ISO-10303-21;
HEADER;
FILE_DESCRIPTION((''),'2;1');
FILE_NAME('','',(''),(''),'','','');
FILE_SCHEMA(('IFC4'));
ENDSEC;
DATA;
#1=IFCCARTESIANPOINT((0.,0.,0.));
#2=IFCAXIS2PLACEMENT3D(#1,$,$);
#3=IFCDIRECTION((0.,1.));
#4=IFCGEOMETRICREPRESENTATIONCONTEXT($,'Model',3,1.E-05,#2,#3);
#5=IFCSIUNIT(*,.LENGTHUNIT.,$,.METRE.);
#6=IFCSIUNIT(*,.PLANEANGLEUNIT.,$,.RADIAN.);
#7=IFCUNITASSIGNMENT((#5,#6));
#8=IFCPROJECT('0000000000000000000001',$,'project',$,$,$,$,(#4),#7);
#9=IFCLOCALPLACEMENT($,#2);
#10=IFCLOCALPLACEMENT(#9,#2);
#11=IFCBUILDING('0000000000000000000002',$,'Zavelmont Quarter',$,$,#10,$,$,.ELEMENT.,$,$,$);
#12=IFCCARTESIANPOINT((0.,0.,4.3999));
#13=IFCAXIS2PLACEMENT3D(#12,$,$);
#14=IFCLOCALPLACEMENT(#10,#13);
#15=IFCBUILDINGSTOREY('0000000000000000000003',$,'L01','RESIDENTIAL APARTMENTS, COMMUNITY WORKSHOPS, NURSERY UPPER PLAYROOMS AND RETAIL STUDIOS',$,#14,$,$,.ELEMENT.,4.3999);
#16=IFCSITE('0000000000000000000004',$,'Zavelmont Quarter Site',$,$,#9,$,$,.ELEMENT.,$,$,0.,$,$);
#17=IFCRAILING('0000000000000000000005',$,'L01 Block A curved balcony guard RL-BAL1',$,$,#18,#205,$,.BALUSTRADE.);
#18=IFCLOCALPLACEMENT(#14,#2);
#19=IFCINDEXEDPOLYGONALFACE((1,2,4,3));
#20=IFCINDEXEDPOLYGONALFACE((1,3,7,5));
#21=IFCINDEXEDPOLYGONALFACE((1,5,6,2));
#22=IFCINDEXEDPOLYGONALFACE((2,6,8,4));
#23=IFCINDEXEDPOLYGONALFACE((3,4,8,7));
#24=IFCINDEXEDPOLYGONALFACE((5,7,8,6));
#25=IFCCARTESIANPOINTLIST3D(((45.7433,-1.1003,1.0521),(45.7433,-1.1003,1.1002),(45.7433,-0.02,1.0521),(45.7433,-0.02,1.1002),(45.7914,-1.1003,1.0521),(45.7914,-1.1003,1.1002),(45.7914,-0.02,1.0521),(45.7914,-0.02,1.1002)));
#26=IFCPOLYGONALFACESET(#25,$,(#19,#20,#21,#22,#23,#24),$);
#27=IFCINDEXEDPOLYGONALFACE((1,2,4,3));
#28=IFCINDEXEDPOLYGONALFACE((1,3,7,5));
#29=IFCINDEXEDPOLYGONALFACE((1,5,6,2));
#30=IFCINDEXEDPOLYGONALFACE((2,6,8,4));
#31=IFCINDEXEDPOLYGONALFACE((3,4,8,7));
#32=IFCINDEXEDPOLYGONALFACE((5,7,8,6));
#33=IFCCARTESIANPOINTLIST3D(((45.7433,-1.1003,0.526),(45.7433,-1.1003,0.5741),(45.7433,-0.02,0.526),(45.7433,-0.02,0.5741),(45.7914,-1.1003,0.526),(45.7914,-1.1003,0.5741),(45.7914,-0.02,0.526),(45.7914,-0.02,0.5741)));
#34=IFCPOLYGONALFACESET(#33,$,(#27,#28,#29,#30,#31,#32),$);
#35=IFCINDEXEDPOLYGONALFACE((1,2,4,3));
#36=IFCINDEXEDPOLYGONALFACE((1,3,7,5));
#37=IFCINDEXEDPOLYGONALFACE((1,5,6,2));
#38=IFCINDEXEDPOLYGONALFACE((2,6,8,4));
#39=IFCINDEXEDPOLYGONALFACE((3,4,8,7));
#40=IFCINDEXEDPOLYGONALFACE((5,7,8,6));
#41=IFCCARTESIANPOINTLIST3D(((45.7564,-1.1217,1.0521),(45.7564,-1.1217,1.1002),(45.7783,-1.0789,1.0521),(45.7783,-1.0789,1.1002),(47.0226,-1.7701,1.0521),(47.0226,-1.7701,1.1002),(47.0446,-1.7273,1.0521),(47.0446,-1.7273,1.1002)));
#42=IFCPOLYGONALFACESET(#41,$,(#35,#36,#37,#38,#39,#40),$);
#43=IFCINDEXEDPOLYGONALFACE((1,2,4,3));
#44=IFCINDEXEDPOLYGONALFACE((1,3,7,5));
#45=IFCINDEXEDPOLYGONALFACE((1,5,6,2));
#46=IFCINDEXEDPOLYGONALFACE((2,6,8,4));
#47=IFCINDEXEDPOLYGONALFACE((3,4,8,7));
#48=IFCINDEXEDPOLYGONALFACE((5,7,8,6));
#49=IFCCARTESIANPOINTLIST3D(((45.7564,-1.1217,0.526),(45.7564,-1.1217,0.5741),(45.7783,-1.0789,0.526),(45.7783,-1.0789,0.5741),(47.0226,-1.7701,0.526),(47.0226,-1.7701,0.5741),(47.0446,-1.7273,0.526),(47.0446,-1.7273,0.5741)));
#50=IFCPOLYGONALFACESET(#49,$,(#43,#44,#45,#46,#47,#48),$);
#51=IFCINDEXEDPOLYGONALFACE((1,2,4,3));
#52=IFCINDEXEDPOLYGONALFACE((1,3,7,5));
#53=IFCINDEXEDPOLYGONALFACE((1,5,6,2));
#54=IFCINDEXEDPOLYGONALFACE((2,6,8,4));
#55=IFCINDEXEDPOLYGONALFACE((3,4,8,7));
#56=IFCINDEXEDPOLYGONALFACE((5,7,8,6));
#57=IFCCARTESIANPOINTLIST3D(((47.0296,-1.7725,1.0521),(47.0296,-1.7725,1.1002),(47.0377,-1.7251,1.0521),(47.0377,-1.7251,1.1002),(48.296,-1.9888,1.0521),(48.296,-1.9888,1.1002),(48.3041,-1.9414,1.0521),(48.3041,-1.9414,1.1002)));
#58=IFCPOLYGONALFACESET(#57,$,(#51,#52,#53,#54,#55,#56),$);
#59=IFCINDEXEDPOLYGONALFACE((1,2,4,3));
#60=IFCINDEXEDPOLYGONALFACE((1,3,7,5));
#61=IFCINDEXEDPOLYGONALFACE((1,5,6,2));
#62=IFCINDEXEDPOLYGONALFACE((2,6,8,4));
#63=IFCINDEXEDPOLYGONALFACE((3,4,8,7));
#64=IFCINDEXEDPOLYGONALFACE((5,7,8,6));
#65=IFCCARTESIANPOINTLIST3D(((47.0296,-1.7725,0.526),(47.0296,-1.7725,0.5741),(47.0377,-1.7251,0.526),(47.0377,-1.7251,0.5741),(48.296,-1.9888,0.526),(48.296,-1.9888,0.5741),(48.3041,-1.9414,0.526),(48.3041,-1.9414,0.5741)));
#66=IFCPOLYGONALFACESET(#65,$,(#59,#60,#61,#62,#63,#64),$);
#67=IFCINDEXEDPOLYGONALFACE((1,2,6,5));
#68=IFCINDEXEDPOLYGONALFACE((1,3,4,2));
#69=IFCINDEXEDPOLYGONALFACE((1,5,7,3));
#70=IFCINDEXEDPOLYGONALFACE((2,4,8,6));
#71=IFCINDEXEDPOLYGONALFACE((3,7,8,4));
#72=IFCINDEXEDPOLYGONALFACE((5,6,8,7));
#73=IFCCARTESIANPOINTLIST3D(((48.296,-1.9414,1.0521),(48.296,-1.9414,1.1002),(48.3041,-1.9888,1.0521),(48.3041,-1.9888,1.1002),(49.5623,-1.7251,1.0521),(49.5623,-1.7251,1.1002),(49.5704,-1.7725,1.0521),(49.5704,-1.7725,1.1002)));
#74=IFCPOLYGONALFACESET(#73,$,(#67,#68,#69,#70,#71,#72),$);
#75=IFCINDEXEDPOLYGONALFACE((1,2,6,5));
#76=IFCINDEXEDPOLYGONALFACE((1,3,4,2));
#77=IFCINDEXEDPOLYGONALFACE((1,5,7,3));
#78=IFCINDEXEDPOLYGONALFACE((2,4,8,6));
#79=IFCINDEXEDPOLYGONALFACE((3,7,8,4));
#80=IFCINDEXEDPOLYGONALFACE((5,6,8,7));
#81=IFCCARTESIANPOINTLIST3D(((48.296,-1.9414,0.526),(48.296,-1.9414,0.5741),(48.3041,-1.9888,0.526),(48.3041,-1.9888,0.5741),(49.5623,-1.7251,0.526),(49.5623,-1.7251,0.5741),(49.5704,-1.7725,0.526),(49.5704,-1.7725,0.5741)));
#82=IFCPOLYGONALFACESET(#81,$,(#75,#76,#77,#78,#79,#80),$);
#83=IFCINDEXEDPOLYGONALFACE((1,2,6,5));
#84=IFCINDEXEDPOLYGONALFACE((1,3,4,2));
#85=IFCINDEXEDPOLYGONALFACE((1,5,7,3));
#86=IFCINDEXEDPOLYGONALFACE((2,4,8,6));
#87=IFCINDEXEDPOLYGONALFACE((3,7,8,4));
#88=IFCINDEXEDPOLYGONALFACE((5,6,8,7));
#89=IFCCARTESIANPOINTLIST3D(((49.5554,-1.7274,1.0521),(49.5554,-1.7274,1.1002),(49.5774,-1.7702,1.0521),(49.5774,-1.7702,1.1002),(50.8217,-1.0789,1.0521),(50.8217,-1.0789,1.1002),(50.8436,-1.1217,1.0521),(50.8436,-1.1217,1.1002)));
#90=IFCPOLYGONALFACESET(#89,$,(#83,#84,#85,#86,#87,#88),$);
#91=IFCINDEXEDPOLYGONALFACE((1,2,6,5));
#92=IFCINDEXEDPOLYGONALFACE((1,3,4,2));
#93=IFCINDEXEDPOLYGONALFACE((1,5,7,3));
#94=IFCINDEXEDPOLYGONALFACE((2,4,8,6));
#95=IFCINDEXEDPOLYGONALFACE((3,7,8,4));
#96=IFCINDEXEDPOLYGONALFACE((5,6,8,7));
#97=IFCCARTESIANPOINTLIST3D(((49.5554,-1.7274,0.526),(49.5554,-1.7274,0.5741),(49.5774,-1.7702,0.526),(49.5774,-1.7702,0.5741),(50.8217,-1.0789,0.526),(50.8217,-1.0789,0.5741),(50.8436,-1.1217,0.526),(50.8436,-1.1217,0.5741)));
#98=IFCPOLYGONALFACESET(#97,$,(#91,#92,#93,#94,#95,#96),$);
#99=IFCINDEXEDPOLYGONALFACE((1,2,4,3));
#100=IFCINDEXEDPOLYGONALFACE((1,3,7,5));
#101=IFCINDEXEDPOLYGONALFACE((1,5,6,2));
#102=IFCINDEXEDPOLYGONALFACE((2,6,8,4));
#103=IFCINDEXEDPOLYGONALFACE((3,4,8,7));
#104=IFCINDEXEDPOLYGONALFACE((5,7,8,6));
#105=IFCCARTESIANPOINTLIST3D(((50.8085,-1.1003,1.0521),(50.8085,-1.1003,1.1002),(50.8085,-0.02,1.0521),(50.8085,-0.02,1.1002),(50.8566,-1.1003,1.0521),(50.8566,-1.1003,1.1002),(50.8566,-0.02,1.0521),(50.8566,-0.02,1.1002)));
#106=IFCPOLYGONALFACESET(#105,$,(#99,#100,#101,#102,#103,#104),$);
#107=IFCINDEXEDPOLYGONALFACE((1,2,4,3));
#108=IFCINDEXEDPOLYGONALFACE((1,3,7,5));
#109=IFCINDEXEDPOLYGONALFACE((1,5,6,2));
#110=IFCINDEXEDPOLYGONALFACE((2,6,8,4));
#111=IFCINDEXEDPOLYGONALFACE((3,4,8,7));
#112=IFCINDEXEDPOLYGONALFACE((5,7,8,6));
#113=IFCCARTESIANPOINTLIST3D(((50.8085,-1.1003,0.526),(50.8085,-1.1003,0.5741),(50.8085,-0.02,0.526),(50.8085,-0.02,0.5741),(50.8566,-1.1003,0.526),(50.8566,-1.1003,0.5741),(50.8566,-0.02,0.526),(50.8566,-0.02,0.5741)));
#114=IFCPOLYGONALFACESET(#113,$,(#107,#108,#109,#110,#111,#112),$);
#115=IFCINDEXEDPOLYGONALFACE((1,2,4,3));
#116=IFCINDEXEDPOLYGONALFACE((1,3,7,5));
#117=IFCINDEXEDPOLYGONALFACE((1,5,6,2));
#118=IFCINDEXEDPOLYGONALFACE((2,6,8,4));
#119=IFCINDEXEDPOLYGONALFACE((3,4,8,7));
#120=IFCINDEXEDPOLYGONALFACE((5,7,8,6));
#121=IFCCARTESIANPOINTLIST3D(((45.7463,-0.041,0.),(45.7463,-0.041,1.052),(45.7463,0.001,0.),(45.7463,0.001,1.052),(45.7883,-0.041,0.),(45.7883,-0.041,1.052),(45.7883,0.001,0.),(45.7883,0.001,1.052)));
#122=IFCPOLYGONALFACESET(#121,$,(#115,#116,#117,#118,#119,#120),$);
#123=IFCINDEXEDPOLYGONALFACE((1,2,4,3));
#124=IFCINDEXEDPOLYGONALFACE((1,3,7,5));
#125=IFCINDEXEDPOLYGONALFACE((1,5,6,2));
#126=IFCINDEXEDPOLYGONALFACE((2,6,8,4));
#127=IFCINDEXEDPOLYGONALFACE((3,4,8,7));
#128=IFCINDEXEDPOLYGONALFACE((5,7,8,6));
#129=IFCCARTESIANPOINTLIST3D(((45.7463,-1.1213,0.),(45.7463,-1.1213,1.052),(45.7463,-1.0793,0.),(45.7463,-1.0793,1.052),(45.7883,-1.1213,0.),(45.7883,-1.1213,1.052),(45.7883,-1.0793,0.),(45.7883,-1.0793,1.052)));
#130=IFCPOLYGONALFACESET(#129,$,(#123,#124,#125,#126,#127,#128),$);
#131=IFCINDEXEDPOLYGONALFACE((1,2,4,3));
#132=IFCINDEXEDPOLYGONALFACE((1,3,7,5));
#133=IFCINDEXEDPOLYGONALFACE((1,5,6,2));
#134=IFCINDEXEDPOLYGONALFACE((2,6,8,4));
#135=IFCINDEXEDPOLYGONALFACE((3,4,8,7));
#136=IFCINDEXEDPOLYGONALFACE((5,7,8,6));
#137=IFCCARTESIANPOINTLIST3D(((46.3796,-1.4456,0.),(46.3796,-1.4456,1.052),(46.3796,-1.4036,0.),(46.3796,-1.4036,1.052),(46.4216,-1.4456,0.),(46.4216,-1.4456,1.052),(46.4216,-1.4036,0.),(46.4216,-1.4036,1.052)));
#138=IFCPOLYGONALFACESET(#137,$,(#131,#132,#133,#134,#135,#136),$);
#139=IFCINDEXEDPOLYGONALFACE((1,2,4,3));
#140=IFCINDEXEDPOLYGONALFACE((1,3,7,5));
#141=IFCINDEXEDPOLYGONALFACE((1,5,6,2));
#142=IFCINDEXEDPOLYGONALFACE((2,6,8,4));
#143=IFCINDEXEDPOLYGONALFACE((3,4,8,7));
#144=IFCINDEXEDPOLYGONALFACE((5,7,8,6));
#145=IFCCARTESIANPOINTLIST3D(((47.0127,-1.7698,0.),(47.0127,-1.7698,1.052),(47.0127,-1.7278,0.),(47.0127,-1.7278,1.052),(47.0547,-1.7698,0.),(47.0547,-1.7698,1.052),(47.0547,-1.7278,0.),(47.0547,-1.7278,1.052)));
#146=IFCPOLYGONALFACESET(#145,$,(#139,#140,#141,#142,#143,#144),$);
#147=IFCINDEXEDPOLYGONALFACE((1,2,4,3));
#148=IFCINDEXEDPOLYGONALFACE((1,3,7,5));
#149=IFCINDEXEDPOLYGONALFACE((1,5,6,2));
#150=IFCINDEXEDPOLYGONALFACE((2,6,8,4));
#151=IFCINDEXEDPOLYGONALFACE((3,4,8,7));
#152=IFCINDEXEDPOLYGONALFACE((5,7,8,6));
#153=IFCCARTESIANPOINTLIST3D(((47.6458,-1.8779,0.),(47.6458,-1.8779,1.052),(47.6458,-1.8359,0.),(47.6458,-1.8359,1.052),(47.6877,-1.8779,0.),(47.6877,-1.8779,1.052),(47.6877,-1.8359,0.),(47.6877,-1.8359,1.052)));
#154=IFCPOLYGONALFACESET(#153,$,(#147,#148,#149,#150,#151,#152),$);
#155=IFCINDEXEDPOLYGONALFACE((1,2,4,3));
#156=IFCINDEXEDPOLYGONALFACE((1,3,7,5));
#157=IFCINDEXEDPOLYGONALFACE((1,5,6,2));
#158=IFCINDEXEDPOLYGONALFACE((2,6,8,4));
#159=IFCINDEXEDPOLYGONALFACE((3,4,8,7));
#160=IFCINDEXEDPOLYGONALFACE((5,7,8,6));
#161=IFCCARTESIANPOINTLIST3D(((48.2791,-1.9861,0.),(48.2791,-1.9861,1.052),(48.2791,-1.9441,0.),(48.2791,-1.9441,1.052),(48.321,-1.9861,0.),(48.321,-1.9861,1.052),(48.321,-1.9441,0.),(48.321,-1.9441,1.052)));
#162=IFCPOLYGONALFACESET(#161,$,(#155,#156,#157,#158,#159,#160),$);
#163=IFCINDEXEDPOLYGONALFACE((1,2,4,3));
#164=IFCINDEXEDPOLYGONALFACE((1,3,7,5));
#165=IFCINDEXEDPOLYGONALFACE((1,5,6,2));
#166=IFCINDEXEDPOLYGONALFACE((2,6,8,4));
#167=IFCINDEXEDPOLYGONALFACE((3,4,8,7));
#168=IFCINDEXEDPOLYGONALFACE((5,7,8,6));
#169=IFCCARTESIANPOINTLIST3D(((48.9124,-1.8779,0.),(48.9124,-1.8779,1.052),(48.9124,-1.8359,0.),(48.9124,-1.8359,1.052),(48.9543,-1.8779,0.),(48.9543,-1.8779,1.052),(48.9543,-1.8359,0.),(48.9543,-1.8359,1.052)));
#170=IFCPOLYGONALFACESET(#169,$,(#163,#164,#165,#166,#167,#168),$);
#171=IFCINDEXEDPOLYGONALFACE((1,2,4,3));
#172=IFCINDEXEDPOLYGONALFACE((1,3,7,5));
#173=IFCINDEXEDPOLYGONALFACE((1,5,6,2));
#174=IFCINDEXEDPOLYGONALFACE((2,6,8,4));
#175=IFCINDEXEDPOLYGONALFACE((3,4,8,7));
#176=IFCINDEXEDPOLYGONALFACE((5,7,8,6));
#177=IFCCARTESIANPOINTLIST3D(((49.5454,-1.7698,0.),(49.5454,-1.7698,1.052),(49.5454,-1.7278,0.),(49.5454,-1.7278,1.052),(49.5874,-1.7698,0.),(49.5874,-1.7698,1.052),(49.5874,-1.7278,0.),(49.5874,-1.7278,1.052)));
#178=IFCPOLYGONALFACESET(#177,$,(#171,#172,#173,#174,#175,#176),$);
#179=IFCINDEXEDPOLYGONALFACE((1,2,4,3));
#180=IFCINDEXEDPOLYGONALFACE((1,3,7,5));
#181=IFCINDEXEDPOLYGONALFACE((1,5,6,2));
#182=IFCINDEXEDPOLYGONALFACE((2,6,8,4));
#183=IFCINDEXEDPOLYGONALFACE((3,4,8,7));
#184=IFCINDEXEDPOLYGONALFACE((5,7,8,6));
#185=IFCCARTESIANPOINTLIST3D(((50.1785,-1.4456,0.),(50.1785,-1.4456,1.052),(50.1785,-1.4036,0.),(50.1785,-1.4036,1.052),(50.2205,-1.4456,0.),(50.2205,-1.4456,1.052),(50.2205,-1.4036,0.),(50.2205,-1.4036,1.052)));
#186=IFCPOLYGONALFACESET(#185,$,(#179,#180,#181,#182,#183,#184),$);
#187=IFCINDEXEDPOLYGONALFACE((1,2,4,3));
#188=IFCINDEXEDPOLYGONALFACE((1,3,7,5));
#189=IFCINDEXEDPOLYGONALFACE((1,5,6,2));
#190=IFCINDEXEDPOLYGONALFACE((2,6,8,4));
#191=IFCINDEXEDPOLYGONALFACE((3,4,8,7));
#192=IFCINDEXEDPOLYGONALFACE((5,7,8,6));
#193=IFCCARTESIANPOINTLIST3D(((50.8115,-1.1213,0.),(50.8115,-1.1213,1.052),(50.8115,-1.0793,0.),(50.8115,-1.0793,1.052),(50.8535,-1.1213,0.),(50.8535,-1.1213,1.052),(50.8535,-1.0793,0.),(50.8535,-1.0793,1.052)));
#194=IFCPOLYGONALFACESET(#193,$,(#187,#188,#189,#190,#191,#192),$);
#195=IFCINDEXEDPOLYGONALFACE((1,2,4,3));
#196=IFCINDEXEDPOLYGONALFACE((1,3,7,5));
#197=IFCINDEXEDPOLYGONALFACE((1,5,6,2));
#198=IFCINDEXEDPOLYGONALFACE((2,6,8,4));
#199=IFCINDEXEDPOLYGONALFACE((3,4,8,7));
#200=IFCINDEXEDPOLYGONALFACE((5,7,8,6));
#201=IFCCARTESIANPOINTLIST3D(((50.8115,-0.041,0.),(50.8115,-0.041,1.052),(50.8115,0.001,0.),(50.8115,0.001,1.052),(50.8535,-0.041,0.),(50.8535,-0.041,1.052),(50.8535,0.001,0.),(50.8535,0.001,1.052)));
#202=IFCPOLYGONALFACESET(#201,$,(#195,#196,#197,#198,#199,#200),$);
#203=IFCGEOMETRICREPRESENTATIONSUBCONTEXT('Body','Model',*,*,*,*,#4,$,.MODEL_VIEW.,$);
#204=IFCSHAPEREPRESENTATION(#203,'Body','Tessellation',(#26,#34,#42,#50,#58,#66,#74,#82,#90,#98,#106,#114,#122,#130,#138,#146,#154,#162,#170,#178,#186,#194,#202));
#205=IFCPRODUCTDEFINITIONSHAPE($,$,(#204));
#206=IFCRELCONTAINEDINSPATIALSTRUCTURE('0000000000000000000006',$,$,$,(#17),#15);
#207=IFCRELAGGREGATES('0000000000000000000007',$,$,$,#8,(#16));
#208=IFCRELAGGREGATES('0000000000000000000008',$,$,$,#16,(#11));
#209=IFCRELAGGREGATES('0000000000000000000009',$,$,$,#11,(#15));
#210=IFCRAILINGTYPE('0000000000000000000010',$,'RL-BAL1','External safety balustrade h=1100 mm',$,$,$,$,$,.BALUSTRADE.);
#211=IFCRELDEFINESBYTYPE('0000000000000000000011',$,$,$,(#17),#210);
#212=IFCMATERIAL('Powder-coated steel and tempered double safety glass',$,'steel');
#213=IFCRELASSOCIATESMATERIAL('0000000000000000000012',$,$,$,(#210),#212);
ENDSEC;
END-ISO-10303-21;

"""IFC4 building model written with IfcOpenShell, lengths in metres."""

from ifc_helpers import new_model, si_unit, direction, frame, origin, origin_2d, place, context, subcontext, project, spatial, rectangle, extrude, material, type_object, element, save


model = new_model("IFC4")

# Units and contexts
model_context = context("Model", 3, precision=1e-05, world=origin(), true_north=direction((0.0, 1.0)))
body_context = subcontext(model_context, "Body", "Model", "MODEL_VIEW")
ifc_project = project(units=[si_unit("LENGTHUNIT", "METRE"), si_unit("PLANEANGLEUNIT", "RADIAN")], contexts=[model_context])

# Site, building, storey
site_placement = place(None, origin())
site = spatial("IfcSite", under=ifc_project, at=site_placement, Name="Zavelmont Quarter Site", CompositionType="ELEMENT", RefElevation=0.0)
building_placement = place(site_placement, origin())
building = spatial("IfcBuilding", under=site, at=building_placement, Name="Zavelmont Quarter", CompositionType="ELEMENT")
storey_placement = place(building_placement, frame((0.0, 0.0, 4.3999)))
storey = spatial("IfcBuildingStorey", under=building, at=storey_placement, Name="L01", Description="RESIDENTIAL APARTMENTS, COMMUNITY WORKSHOPS, NURSERY UPPER PLAYROOMS AND RETAIL STUDIOS", CompositionType="ELEMENT", Elevation=4.3999)

# Railing
ifc_material_1 = material(Name="Powder-coated steel and tempered double safety glass", Category="steel")
railing_type = type_object("IfcRailingType", Name="RL-BAL1", Description="External safety balustrade h=1100 mm", PredefinedType="BALUSTRADE", material=ifc_material_1)
railing_placement = place(storey_placement, frame((45.7673, -0.02, 0.0)))
element("IfcRailing", 1, at=railing_placement, inside=storey, type_object=railing_type, Name="L01 Block A curved balcony guard RL-BAL1", PredefinedType="BALUSTRADE", context=body_context, shape_type="SweptSolid", body=[
    extrude(rectangle(XDim=0.0481, YDim=0.0481, at=origin_2d()), frame((0.0, 0.0, 1.0762), z_axis=(0.0, -1.0, 0.0), x_axis=(1.0, 0.0, 0.0)), (0.0, 0.0, 1.0), 1.0803),
    extrude(rectangle(XDim=0.0481, YDim=0.0481, at=origin_2d()), frame((0.0, 0.0, 0.55), z_axis=(0.0, -1.0, 0.0), x_axis=(1.0, 0.0, 0.0)), (0.0, 0.0, 1.0), 1.0803),
    extrude(rectangle(XDim=0.0481, YDim=0.0481, at=origin_2d()), frame((0.0, -1.0803, 1.0762), z_axis=(0.890096, -0.455773, 0.0), x_axis=(0.455773, 0.890096, 0.0)), (0.0, 0.0, 1.0), 1.4226),
    extrude(rectangle(XDim=0.0481, YDim=0.0481, at=origin_2d()), frame((0.0, -1.0803, 0.55), z_axis=(0.890096, -0.455773, 0.0), x_axis=(0.455773, 0.890096, 0.0)), (0.0, 0.0, 1.0), 1.4226),
    extrude(rectangle(XDim=0.0481, YDim=0.0481, at=origin_2d()), frame((1.2664, -1.7288, 1.0762), z_axis=(0.985723, -0.168373, 0.0), x_axis=(0.168373, 0.985723, 0.0)), (0.0, 0.0, 1.0), 1.2847),
    extrude(rectangle(XDim=0.0481, YDim=0.0481, at=origin_2d()), frame((1.2664, -1.7288, 0.55), z_axis=(0.985723, -0.168373, 0.0), x_axis=(0.168373, 0.985723, 0.0)), (0.0, 0.0, 1.0), 1.2847),
    extrude(rectangle(XDim=0.0481, YDim=0.0481, at=origin_2d()), frame((2.5327, -1.9451, 1.0762), z_axis=(0.985723, 0.168373, 0.0), x_axis=(-0.168373, 0.985723, 0.0)), (0.0, 0.0, 1.0), 1.2847),
    extrude(rectangle(XDim=0.0481, YDim=0.0481, at=origin_2d()), frame((2.5327, -1.9451, 0.55), z_axis=(0.985723, 0.168373, 0.0), x_axis=(-0.168373, 0.985723, 0.0)), (0.0, 0.0, 1.0), 1.2847),
    extrude(rectangle(XDim=0.0481, YDim=0.0481, at=origin_2d()), frame((3.7991, -1.7288, 1.0762), z_axis=(0.89006, 0.455843, 0.0), x_axis=(-0.455843, 0.89006, 0.0)), (0.0, 0.0, 1.0), 1.4226),
    extrude(rectangle(XDim=0.0481, YDim=0.0481, at=origin_2d()), frame((3.7991, -1.7288, 0.55), z_axis=(0.89006, 0.455843, 0.0), x_axis=(-0.455843, 0.89006, 0.0)), (0.0, 0.0, 1.0), 1.4226),
    extrude(rectangle(XDim=0.0481, YDim=0.0481, at=origin_2d()), frame((5.0652, -1.0803, 1.0762), z_axis=(0.0, 1.0, 0.0), x_axis=(-1.0, 0.0, 0.0)), (0.0, 0.0, 1.0), 1.0803),
    extrude(rectangle(XDim=0.0481, YDim=0.0481, at=origin_2d()), frame((5.0652, -1.0803, 0.55), z_axis=(0.0, 1.0, 0.0), x_axis=(-1.0, 0.0, 0.0)), (0.0, 0.0, 1.0), 1.0803),
    extrude(rectangle(XDim=0.042, YDim=0.042, at=origin_2d()), origin(), (0.0, 0.0, 1.0), 1.052),
    extrude(rectangle(XDim=0.042, YDim=0.042, at=origin_2d()), frame((0.0, -1.0803, 0.0)), (0.0, 0.0, 1.0), 1.052),
    extrude(rectangle(XDim=0.042, YDim=0.042, at=origin_2d()), frame((0.6333, -1.4045, 0.0)), (0.0, 0.0, 1.0), 1.052),
    extrude(rectangle(XDim=0.042, YDim=0.042, at=origin_2d()), frame((1.2664, -1.7288, 0.0)), (0.0, 0.0, 1.0), 1.052),
    extrude(rectangle(XDim=0.042, YDim=0.042, at=origin_2d()), frame((1.8994, -1.8369, 0.0)), (0.0, 0.0, 1.0), 1.052),
    extrude(rectangle(XDim=0.042, YDim=0.042, at=origin_2d()), frame((2.5327, -1.9451, 0.0)), (0.0, 0.0, 1.0), 1.052),
    extrude(rectangle(XDim=0.042, YDim=0.042, at=origin_2d()), frame((3.166, -1.8369, 0.0)), (0.0, 0.0, 1.0), 1.052),
    extrude(rectangle(XDim=0.042, YDim=0.042, at=origin_2d()), frame((3.7991, -1.7288, 0.0)), (0.0, 0.0, 1.0), 1.052),
    extrude(rectangle(XDim=0.042, YDim=0.042, at=origin_2d()), frame((4.4321, -1.4045, 0.0)), (0.0, 0.0, 1.0), 1.052),
    extrude(rectangle(XDim=0.042, YDim=0.042, at=origin_2d()), frame((5.0652, -1.0803, 0.0)), (0.0, 0.0, 1.0), 1.052),
    extrude(rectangle(XDim=0.042, YDim=0.042, at=origin_2d()), frame((5.0652, 0.0, 0.0)), (0.0, 0.0, 1.0), 1.052),
])

save(model, "model.ifc")
